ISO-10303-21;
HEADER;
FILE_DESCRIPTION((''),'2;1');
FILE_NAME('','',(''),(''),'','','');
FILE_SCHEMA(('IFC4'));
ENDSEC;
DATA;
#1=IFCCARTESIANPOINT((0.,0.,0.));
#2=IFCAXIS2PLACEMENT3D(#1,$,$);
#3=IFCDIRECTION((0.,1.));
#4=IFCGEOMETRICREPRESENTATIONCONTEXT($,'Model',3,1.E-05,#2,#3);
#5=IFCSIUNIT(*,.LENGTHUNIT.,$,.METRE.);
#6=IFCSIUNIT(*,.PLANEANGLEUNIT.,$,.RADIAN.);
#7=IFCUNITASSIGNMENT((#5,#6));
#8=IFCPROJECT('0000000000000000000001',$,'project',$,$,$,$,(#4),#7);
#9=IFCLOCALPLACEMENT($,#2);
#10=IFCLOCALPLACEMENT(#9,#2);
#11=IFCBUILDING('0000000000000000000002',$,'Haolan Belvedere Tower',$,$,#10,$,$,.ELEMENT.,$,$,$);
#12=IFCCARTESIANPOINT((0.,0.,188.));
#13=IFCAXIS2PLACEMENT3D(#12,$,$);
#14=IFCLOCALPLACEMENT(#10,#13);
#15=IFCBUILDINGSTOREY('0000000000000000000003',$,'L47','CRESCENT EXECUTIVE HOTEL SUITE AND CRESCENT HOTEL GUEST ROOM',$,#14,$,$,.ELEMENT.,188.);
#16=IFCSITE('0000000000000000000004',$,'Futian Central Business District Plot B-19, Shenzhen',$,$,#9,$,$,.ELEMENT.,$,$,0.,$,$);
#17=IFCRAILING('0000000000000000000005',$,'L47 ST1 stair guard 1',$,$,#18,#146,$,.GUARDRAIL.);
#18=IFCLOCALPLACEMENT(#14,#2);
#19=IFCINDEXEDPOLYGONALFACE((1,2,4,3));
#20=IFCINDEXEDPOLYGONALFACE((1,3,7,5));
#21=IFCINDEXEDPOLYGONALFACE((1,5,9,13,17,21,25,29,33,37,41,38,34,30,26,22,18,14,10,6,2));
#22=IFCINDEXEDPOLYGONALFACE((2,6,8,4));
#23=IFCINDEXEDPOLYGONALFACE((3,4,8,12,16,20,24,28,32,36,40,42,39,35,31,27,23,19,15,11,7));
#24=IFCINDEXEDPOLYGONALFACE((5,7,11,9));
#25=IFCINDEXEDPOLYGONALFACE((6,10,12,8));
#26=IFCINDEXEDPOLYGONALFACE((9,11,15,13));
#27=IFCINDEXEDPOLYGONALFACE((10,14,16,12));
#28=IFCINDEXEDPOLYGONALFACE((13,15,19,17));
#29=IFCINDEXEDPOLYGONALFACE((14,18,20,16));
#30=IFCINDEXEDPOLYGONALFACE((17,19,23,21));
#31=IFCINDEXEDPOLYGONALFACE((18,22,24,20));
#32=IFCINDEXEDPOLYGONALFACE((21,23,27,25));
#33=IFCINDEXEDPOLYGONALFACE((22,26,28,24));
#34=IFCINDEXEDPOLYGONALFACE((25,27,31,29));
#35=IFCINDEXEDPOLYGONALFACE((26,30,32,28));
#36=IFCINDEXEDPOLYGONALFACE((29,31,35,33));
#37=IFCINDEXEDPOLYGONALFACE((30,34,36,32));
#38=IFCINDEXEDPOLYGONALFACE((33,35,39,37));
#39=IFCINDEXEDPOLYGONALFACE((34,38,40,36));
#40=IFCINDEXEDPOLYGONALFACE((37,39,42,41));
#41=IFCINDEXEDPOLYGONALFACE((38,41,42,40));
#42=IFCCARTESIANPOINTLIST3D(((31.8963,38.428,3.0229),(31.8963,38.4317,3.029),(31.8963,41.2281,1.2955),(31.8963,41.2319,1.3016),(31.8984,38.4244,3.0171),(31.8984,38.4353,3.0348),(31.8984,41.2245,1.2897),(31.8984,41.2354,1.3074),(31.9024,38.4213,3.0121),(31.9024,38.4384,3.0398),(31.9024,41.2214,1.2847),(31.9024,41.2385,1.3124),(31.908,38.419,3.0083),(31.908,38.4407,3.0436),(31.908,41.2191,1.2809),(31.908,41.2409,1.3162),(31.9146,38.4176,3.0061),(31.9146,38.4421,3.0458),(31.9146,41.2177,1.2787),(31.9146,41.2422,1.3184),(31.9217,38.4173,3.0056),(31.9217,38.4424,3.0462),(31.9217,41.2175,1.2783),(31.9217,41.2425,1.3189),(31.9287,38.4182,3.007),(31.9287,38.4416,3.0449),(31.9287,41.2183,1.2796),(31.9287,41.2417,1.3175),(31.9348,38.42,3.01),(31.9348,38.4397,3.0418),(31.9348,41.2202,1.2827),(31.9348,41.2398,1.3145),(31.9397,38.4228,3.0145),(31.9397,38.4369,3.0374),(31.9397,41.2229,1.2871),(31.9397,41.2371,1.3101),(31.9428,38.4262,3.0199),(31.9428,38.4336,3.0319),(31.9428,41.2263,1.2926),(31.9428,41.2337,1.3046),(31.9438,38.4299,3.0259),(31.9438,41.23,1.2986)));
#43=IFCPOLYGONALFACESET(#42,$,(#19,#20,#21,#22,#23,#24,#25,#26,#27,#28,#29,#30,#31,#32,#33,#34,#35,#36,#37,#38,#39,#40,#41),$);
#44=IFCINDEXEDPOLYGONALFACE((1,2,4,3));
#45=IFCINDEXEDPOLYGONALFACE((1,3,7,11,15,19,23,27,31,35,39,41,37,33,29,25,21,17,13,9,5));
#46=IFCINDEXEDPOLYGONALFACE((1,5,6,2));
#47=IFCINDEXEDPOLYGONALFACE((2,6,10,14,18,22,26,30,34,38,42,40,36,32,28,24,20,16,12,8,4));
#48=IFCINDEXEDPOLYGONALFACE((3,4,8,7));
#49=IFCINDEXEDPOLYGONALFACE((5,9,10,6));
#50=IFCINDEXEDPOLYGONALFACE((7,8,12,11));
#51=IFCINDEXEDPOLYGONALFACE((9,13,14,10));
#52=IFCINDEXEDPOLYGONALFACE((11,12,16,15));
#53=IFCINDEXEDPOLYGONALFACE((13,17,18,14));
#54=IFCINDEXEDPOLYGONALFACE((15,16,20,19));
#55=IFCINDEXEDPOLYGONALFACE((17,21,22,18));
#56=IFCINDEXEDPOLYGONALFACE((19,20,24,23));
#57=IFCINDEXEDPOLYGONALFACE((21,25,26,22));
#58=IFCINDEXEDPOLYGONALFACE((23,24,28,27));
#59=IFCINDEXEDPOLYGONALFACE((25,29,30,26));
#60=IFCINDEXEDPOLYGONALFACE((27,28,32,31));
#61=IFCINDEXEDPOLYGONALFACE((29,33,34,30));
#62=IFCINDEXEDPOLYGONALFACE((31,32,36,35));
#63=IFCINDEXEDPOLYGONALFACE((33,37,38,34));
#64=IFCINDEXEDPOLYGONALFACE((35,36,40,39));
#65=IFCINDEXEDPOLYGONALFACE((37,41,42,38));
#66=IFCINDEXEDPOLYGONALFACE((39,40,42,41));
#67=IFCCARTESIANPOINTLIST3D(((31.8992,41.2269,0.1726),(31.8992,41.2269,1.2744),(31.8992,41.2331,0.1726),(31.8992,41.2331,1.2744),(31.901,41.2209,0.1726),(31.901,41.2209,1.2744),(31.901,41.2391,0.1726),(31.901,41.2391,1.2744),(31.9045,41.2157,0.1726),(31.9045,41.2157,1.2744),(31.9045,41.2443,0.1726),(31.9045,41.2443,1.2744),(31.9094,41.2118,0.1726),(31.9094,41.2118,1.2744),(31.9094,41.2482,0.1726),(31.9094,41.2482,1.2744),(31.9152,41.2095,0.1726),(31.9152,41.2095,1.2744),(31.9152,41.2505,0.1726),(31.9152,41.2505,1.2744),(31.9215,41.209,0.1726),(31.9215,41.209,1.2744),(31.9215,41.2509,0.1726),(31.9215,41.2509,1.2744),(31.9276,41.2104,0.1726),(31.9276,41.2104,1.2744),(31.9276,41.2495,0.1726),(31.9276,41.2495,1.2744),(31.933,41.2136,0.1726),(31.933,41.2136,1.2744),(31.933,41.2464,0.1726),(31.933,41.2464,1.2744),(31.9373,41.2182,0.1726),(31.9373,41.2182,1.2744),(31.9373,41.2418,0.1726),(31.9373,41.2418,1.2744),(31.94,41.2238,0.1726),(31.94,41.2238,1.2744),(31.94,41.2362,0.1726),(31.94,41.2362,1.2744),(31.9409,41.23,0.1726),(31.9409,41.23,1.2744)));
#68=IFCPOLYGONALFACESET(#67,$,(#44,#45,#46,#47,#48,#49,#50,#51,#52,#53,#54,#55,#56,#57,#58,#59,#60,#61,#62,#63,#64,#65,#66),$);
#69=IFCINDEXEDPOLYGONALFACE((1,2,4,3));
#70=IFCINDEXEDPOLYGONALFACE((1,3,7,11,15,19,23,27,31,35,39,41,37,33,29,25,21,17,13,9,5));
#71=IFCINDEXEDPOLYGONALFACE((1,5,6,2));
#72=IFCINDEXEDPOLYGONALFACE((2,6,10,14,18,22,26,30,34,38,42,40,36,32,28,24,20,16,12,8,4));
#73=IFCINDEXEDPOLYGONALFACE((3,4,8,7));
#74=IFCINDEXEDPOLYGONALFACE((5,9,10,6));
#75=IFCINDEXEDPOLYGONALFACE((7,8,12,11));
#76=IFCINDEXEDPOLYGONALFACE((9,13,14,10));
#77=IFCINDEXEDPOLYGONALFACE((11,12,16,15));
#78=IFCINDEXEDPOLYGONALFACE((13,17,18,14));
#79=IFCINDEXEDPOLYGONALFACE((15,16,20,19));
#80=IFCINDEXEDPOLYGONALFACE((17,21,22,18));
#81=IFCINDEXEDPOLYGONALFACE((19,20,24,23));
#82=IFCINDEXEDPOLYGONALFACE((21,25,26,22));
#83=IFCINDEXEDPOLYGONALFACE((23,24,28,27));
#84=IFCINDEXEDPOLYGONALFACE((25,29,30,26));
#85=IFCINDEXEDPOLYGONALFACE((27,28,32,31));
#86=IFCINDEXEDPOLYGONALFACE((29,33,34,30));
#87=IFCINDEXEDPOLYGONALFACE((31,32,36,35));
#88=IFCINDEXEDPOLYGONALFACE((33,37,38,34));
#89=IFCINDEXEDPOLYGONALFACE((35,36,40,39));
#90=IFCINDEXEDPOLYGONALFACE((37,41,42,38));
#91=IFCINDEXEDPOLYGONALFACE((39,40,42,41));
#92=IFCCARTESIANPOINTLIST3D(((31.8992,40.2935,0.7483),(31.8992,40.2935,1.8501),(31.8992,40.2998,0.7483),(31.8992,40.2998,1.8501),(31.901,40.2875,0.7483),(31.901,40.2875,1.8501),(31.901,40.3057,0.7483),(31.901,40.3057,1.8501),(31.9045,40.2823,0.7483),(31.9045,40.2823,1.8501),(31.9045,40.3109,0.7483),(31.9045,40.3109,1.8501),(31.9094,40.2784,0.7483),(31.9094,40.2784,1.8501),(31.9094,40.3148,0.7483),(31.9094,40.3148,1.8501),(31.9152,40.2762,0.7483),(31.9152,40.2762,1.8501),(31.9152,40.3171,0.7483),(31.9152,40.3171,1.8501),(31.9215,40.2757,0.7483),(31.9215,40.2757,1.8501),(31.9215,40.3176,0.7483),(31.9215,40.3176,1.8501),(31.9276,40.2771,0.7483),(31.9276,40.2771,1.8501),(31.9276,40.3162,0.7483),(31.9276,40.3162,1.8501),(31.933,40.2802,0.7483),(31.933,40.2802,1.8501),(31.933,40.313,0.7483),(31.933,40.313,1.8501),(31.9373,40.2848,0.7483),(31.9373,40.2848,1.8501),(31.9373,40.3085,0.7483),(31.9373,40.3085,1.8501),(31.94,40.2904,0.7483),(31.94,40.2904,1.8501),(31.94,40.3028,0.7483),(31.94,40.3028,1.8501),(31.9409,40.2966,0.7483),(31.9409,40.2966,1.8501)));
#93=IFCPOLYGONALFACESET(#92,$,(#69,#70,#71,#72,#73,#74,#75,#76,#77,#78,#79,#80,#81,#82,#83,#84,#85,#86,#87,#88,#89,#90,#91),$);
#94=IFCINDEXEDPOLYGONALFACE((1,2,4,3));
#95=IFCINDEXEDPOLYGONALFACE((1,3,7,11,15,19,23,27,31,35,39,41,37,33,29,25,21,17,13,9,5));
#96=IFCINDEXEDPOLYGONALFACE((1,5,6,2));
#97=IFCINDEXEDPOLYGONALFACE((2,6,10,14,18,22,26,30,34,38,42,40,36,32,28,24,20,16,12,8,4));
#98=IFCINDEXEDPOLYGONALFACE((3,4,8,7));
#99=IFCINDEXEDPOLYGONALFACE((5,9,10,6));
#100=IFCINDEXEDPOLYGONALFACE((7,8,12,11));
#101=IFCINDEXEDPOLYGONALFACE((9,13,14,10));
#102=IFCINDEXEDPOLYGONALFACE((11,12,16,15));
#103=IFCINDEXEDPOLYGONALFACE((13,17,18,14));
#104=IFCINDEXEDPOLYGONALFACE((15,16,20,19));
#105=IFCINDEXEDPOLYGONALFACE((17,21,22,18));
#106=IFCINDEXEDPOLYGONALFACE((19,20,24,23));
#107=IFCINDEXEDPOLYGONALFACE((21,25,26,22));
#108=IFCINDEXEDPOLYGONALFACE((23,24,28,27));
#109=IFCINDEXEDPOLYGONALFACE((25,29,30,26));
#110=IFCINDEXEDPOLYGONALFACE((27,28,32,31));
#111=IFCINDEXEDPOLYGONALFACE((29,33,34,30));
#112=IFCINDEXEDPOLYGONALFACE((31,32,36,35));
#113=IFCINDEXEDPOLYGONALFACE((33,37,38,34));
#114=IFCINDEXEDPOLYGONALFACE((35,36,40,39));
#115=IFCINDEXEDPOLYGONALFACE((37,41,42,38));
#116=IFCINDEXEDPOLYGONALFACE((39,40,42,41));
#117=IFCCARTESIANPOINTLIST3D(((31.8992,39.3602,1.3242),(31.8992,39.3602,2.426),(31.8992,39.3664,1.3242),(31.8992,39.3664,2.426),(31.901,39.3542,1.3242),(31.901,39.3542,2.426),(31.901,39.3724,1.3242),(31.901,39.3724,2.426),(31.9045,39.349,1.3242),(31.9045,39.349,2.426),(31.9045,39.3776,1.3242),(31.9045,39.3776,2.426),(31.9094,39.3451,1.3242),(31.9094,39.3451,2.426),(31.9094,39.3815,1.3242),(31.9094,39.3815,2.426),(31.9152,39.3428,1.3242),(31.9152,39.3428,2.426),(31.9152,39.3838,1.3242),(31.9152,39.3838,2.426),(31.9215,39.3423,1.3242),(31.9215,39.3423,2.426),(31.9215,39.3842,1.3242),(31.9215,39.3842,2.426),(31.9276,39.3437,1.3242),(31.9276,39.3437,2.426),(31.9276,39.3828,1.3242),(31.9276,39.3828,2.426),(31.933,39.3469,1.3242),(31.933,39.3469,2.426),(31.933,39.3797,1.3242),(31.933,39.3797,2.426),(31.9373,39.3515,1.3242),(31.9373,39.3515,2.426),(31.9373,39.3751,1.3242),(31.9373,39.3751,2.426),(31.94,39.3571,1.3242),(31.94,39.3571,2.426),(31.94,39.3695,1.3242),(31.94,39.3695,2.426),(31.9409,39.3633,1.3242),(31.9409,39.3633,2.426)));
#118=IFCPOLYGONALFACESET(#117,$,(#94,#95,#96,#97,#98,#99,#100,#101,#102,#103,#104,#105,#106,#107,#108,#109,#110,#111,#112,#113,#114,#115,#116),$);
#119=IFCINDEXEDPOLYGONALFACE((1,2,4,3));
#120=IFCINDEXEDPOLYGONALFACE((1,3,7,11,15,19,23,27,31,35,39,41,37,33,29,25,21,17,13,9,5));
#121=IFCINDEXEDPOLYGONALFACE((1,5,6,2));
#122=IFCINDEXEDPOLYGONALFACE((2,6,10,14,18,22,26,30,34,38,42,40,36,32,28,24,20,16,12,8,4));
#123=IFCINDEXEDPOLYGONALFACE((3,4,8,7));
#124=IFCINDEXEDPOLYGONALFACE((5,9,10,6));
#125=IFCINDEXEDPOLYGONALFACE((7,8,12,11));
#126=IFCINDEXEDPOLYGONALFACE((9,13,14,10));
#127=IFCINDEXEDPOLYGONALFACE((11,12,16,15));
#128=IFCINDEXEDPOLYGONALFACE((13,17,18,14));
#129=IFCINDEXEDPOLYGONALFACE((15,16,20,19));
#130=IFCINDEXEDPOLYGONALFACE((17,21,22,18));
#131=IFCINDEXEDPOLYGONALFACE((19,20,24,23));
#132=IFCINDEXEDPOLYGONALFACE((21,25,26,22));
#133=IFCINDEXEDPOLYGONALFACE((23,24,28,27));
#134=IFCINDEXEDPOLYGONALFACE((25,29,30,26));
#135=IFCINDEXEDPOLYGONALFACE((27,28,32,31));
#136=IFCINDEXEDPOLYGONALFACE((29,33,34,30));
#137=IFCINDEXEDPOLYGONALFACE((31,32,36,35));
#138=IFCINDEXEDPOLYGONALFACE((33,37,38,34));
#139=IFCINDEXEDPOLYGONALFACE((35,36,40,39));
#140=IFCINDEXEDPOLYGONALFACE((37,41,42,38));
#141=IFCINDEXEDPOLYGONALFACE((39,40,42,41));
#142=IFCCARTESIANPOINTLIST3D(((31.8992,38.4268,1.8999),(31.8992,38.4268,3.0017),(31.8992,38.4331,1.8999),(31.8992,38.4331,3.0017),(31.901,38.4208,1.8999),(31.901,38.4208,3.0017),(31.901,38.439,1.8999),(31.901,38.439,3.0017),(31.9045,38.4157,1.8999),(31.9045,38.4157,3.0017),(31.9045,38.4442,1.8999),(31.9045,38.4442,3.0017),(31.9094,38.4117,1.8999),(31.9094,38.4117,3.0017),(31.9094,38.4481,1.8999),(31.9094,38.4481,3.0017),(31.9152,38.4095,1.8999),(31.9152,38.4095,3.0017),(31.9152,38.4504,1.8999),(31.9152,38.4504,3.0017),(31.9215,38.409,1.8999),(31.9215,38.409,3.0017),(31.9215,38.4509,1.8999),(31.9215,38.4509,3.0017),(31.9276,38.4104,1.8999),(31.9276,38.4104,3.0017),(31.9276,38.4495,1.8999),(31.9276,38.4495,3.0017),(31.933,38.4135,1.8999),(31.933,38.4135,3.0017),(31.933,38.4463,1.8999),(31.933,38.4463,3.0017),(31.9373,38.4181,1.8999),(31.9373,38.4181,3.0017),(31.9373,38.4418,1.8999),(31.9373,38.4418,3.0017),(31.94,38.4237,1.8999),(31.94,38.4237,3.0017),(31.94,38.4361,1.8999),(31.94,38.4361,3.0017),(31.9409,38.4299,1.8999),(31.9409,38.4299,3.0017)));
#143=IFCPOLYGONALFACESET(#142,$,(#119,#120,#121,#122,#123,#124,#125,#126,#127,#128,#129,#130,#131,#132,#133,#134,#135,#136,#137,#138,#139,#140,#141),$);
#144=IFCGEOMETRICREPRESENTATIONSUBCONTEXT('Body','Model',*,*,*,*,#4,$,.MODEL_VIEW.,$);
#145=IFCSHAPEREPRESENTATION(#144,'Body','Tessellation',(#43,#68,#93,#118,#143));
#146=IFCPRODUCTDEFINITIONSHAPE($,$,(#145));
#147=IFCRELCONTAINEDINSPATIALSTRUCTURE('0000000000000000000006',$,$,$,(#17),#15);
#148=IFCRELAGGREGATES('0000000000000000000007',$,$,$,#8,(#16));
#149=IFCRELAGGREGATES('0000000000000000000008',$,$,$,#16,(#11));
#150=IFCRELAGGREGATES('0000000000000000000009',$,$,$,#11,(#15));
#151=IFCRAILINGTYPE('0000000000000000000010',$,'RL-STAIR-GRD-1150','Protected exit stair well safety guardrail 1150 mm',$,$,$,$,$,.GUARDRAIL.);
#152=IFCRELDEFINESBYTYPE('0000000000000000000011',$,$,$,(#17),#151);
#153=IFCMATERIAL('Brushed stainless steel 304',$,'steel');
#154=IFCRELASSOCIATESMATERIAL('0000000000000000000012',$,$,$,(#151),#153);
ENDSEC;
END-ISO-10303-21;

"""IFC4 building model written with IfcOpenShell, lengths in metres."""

from ifc_helpers import new_model, si_unit, direction, frame, origin, origin_2d, place, context, subcontext, project, spatial, circle, extrude, material, type_object, element, save


model = new_model("IFC4")

# Units and contexts
model_context = context("Model", 3, precision=1e-05, world=origin(), true_north=direction((0.0, 1.0)))
body_context = subcontext(model_context, "Body", "Model", "MODEL_VIEW")
ifc_project = project(units=[si_unit("LENGTHUNIT", "METRE"), si_unit("PLANEANGLEUNIT", "RADIAN")], contexts=[model_context])

# Site, building, storey
site_placement = place(None, origin())
site = spatial("IfcSite", under=ifc_project, at=site_placement, Name="Futian Central Business District Plot B-19, Shenzhen", CompositionType="ELEMENT", RefElevation=0.0)
building_placement = place(site_placement, origin())
building = spatial("IfcBuilding", under=site, at=building_placement, Name="Haolan Belvedere Tower", CompositionType="ELEMENT")
storey_placement = place(building_placement, frame((0.0, 0.0, 188.0)))
storey = spatial("IfcBuildingStorey", under=building, at=storey_placement, Name="L47", Description="CRESCENT EXECUTIVE HOTEL SUITE AND CRESCENT HOTEL GUEST ROOM", CompositionType="ELEMENT", Elevation=188.0)

# Railing
ifc_material_1 = material(Name="Brushed stainless steel 304", Category="steel")
railing_type_1 = type_object("IfcRailingType", Name="RL-STAIR-GRD-1150", Description="Protected exit stair well safety guardrail 1150 mm", PredefinedType="GUARDRAIL", material=ifc_material_1)
railing_1_placement = place(storey_placement, frame((31.9199, 41.23, 0.1726)))
element("IfcRailing", 1, at=railing_1_placement, inside=storey, type_object=railing_type_1, Name="L47 ST1 stair guard 1", PredefinedType="GUARDRAIL", context=body_context, shape_type="SweptSolid", body=[
    extrude(circle(Radius=0.0239, at=origin_2d()), frame((0.0, 0.0, 1.126), z_axis=(0.0, -0.85109, 0.52502), x_axis=(1.0, 0.0, 0.0)), (0.0, 0.0, 1.0), 3.29),
    extrude(circle(Radius=0.021, at=origin_2d()), origin(), (0.0, 0.0, 1.0), 1.1018),
    extrude(circle(Radius=0.021, at=origin_2d()), frame((0.0, -0.9333, 0.5757)), (0.0, 0.0, 1.0), 1.1018),
    extrude(circle(Radius=0.021, at=origin_2d()), frame((0.0, -1.8667, 1.1516)), (0.0, 0.0, 1.0), 1.1018),
    extrude(circle(Radius=0.021, at=origin_2d()), frame((0.0, -2.8, 1.7273)), (0.0, 0.0, 1.0), 1.1018),
])

save(model, "model.ifc")
